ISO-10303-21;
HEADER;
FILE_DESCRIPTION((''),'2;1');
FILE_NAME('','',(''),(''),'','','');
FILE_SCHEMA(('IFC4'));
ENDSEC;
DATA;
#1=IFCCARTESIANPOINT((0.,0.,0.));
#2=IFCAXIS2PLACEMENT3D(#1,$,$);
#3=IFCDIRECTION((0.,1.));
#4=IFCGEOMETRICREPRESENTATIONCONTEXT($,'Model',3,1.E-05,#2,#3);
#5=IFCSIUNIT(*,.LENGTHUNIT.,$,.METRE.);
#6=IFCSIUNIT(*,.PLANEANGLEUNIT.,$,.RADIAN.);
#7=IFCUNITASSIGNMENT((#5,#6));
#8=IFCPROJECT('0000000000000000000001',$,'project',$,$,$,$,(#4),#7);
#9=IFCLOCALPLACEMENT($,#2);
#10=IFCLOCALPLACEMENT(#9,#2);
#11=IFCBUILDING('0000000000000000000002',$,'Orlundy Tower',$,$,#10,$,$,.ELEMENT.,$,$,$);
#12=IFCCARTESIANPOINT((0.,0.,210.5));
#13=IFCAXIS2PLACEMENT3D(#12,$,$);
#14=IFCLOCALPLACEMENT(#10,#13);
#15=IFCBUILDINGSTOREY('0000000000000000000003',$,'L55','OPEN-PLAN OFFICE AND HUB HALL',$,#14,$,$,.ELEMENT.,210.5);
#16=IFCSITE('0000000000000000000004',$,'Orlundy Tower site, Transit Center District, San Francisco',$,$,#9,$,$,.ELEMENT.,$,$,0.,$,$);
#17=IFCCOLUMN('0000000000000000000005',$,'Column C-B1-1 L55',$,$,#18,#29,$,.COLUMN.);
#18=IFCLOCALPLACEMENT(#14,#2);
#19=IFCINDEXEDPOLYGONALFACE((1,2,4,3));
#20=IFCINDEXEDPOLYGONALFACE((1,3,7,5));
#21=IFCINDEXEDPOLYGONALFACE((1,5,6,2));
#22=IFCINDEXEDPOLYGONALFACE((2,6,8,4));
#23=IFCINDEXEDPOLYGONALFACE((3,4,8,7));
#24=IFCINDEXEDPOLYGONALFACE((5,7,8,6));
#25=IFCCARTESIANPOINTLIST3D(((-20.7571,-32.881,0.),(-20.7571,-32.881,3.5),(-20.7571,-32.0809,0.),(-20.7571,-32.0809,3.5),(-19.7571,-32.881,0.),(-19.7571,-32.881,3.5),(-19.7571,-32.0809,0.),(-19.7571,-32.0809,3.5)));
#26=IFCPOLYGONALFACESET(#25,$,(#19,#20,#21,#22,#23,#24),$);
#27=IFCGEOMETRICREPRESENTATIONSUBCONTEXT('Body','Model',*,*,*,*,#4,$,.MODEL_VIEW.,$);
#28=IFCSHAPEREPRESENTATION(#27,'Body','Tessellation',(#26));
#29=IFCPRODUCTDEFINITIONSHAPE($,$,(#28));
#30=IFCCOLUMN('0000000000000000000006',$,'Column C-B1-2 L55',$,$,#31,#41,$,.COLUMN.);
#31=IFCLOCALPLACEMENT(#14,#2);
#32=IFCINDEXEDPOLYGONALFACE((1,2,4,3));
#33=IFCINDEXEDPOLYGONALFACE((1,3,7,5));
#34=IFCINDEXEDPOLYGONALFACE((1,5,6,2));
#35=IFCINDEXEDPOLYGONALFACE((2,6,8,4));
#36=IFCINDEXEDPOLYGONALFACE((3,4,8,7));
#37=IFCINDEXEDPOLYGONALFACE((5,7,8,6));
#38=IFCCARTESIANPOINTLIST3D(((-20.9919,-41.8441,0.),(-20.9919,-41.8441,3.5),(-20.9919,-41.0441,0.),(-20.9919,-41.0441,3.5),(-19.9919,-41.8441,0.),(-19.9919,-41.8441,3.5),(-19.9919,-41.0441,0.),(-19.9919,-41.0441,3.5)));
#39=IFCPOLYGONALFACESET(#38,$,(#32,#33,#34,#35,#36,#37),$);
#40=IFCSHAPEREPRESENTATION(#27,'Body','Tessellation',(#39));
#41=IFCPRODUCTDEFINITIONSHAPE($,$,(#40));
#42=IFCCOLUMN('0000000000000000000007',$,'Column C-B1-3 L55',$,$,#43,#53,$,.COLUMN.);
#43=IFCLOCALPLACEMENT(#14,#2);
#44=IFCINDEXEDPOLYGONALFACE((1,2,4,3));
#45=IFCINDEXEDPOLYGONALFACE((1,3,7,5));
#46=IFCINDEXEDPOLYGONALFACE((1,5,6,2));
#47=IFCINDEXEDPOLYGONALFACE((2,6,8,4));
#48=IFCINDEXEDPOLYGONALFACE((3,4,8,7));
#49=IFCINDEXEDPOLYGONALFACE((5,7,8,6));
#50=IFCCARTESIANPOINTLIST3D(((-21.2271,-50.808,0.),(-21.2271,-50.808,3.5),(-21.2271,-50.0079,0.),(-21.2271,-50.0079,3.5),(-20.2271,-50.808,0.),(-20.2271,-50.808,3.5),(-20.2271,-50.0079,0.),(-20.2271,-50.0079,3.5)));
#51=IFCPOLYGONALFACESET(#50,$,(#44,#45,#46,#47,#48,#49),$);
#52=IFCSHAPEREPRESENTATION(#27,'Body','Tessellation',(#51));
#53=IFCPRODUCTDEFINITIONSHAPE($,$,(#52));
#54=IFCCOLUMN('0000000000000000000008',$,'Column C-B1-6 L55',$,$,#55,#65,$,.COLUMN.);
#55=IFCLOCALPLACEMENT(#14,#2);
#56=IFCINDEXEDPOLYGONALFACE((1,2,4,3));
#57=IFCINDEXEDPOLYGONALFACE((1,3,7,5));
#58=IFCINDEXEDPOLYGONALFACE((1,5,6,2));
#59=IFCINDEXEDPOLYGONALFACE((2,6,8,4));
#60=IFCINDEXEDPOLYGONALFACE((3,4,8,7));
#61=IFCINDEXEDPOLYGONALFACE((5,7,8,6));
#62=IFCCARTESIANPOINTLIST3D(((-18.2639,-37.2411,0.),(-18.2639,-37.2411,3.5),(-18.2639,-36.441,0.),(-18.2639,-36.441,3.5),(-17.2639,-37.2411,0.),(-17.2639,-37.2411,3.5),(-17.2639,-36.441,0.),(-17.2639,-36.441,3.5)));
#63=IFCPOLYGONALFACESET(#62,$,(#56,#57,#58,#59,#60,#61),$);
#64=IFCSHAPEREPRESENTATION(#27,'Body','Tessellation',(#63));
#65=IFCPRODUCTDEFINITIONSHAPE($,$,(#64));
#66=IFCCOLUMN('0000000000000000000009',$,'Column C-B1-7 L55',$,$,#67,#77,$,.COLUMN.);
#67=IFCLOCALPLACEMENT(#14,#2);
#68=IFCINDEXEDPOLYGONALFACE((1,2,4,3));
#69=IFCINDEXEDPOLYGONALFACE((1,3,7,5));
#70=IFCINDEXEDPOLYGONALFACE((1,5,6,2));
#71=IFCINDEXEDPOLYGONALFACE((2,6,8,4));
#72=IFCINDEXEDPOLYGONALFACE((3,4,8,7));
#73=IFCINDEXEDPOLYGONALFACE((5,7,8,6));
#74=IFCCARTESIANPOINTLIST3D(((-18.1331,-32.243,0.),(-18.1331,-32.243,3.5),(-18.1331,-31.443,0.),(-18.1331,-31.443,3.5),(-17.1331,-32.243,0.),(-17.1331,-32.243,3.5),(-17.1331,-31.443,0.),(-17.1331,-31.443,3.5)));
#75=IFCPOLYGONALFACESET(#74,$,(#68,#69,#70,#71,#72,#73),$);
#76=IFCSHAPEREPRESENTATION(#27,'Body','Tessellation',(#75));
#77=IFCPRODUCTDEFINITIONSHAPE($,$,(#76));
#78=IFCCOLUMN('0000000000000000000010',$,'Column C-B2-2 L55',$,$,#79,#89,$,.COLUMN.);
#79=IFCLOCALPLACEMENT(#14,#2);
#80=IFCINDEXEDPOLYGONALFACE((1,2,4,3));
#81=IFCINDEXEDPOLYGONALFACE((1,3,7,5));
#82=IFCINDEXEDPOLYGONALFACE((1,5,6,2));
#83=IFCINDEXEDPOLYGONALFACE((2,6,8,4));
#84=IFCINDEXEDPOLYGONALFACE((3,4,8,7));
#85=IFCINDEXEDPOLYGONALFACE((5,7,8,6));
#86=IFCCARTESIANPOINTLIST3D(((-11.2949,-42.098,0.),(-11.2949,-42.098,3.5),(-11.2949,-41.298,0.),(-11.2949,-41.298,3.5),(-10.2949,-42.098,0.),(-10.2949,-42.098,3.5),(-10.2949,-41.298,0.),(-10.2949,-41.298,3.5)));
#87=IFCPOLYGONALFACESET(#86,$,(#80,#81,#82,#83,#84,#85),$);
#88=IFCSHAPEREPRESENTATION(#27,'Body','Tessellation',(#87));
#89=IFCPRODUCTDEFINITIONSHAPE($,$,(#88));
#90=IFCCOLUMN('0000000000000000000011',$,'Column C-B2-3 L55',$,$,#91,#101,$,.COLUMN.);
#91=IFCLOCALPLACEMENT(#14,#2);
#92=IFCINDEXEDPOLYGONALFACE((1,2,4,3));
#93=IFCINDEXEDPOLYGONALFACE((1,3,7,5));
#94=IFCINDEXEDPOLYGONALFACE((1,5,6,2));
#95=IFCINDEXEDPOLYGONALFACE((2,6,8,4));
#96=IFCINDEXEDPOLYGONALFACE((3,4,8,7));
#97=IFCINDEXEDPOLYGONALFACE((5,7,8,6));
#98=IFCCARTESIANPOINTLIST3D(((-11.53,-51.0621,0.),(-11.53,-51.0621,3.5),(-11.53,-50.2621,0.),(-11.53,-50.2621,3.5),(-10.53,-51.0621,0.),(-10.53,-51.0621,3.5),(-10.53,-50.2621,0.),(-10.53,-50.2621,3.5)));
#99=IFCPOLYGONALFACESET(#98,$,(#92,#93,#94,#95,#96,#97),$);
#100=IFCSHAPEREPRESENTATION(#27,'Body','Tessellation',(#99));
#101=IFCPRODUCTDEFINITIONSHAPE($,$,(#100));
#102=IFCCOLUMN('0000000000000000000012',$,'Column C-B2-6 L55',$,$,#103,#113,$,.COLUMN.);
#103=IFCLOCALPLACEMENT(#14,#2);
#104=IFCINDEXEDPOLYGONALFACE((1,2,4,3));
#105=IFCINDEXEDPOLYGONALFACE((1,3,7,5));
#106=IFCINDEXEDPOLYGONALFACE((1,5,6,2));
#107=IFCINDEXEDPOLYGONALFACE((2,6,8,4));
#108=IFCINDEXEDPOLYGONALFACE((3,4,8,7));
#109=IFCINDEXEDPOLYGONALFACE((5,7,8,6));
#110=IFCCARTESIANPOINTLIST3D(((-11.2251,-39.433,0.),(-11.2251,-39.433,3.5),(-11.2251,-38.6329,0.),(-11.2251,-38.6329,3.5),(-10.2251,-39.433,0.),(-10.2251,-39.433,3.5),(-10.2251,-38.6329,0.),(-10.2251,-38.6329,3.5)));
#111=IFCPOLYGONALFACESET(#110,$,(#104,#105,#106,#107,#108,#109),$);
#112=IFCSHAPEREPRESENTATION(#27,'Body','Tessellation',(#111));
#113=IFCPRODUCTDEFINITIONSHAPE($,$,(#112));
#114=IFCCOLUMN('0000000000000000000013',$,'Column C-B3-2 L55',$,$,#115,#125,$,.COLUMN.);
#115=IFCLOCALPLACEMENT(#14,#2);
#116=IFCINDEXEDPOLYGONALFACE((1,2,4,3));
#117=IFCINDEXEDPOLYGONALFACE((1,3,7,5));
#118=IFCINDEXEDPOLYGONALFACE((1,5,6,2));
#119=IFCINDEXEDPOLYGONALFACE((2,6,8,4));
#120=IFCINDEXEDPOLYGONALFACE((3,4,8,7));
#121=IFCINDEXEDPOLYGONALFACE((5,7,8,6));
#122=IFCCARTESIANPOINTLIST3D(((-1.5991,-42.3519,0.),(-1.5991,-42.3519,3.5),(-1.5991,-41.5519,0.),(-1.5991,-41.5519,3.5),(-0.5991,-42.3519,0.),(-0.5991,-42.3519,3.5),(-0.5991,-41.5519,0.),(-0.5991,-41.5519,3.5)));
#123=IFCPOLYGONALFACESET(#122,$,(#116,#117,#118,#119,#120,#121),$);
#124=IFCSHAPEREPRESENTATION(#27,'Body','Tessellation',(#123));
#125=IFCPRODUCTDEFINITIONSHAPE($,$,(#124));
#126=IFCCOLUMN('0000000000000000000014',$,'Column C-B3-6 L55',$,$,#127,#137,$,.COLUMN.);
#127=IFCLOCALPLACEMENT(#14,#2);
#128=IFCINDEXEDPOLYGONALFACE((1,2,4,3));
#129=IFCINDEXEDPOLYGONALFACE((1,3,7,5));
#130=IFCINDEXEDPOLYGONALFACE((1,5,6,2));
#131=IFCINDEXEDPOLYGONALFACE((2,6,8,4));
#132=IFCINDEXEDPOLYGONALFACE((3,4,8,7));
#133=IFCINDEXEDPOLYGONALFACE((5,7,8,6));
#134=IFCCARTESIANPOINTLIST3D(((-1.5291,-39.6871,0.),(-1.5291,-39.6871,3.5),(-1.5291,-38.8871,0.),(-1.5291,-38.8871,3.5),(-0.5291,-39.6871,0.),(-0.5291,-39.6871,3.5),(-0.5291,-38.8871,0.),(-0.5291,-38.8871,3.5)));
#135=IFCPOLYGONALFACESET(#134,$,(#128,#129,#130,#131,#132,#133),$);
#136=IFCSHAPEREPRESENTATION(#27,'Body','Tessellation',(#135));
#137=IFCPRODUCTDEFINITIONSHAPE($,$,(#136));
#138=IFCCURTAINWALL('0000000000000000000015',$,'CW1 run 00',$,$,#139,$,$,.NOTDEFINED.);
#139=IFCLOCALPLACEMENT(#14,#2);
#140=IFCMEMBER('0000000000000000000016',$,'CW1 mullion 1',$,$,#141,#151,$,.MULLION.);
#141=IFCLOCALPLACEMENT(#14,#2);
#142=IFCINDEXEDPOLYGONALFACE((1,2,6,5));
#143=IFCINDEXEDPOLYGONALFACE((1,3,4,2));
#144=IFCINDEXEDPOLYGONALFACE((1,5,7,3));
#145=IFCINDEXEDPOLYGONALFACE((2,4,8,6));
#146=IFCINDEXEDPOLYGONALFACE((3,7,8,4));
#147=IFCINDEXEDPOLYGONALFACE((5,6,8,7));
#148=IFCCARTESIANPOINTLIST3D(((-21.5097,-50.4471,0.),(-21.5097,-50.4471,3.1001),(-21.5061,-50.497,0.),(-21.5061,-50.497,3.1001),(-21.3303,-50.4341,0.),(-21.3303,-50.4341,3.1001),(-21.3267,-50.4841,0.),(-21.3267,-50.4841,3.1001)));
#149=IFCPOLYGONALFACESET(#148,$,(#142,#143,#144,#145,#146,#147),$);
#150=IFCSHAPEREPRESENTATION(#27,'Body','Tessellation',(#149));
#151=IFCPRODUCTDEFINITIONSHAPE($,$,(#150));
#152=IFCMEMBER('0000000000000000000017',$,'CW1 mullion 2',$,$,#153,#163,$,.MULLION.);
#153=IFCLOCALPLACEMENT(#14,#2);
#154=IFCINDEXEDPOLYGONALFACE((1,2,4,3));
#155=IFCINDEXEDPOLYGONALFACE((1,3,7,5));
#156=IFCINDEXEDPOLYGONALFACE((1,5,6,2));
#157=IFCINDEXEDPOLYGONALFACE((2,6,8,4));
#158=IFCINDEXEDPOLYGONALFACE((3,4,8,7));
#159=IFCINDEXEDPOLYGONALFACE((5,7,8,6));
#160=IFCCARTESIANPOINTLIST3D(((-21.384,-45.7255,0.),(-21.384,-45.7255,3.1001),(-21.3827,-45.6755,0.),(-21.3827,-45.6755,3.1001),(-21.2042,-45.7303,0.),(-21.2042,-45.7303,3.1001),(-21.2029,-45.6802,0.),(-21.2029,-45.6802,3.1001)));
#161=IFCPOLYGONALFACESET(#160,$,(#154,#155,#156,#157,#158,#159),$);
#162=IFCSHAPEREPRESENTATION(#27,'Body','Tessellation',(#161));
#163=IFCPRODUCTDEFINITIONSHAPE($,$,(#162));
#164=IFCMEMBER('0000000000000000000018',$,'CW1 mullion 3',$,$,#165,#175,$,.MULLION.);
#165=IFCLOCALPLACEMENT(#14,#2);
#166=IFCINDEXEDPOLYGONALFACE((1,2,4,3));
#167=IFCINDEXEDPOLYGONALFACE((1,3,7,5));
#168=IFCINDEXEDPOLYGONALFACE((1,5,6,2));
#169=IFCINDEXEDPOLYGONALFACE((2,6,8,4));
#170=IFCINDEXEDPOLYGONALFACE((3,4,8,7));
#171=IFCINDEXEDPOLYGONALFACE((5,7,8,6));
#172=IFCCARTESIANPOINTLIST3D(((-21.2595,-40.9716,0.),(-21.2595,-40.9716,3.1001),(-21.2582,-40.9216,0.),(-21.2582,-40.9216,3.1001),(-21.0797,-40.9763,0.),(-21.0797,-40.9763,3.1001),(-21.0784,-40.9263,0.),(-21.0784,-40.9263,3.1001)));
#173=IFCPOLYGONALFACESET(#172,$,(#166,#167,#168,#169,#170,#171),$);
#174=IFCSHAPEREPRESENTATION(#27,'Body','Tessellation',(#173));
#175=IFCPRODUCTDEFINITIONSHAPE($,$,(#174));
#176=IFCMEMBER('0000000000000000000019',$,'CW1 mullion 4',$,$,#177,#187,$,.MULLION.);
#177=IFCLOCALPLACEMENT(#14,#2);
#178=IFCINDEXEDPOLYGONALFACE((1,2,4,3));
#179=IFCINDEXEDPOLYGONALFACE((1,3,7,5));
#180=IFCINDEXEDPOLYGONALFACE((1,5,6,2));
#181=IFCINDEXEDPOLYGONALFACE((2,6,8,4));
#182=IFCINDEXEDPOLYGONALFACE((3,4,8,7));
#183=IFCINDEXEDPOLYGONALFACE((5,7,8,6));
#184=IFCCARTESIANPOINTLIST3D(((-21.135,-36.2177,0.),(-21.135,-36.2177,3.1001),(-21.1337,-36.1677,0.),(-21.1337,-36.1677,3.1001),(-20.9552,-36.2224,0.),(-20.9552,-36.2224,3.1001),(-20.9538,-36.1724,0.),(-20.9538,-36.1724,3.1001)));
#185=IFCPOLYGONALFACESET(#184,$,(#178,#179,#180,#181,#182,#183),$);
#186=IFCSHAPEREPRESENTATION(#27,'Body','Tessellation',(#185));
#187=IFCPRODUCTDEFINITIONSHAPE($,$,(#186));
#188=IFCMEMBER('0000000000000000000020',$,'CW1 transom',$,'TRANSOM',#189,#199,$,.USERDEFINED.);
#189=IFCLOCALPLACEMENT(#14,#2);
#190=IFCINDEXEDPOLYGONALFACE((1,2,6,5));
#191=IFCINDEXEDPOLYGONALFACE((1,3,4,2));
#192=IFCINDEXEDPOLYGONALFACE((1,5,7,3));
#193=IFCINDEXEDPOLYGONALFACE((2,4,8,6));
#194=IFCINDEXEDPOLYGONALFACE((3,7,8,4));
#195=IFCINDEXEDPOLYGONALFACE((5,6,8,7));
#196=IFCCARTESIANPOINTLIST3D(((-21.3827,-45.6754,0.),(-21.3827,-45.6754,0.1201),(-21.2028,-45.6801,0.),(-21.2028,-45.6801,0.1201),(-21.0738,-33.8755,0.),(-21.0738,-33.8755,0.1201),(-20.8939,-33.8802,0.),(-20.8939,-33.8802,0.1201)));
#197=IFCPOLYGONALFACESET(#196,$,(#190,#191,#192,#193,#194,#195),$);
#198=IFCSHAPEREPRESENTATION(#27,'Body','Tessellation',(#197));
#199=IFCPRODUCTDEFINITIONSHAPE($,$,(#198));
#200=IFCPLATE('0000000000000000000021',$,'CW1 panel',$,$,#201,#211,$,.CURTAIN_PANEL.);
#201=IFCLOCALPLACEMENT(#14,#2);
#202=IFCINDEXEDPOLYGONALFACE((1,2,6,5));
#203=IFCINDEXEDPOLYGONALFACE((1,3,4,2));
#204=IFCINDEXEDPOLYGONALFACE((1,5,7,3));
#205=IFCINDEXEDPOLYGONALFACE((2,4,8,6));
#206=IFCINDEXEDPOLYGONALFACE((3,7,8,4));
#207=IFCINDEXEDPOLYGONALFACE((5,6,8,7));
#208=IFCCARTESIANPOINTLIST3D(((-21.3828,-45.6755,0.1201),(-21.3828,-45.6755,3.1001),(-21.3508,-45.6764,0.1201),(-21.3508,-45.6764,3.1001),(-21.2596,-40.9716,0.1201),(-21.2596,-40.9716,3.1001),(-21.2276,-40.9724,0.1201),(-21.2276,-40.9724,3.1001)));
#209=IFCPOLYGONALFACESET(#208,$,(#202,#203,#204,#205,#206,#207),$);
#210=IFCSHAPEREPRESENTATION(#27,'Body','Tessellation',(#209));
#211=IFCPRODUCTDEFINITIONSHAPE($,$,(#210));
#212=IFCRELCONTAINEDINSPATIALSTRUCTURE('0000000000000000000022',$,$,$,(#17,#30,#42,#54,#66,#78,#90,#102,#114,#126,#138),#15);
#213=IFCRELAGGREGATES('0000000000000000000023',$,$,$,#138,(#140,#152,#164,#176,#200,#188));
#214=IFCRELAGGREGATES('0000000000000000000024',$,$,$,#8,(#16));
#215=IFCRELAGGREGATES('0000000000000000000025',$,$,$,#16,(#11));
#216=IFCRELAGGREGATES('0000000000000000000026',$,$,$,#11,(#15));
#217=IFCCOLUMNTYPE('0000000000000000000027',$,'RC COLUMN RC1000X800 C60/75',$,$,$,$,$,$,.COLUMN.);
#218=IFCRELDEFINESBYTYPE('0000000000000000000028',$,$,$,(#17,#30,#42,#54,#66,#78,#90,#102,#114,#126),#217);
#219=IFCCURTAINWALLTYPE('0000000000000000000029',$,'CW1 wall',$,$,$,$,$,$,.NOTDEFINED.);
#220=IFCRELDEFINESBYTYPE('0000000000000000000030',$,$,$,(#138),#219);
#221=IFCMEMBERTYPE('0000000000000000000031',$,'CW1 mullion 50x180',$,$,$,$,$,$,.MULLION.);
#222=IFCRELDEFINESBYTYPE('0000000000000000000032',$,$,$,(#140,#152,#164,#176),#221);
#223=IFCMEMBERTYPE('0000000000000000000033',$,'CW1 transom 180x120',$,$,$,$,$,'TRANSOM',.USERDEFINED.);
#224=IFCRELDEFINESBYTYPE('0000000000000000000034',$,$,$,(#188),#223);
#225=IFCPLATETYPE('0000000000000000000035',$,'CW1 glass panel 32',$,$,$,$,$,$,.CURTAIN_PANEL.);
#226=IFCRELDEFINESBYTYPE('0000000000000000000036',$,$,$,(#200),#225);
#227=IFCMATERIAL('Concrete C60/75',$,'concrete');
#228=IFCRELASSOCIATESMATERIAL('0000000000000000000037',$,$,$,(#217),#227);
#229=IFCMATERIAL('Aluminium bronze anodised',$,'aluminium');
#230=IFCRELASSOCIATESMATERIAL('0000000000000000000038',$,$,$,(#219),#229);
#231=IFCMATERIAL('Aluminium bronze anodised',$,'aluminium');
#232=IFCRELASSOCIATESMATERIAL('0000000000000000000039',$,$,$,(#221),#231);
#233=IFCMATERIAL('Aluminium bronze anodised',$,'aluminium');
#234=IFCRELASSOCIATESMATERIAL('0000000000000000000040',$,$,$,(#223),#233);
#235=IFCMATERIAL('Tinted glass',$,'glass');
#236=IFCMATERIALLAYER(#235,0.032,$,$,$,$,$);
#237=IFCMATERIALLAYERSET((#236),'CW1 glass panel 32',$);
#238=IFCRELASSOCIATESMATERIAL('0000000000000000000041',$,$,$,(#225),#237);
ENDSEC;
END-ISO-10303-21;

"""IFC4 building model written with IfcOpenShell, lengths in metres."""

from ifc_helpers import new_model, si_unit, direction, frame, origin, origin_2d, place, context, subcontext, project, spatial, rectangle, extrude, material, layer, layer_set, material_profile, profile_set, type_object, element, aggregate, save


model = new_model("IFC4")

# Units and contexts
model_context = context("Model", 3, precision=1e-05, world=origin(), true_north=direction((0.0, 1.0)))
body_context = subcontext(model_context, "Body", "Model", "MODEL_VIEW")
ifc_project = project(units=[si_unit("LENGTHUNIT", "METRE"), si_unit("PLANEANGLEUNIT", "RADIAN")], contexts=[model_context])

# Site, building, storey
site_placement = place(None, origin())
site = spatial("IfcSite", under=ifc_project, at=site_placement, Name="Orlundy Tower site, Transit Center District, San Francisco", CompositionType="ELEMENT", RefElevation=0.0)
building_placement = place(site_placement, origin())
building = spatial("IfcBuilding", under=site, at=building_placement, Name="Orlundy Tower", CompositionType="ELEMENT")
storey_placement = place(building_placement, frame((0.0, 0.0, 210.5)))
storey = spatial("IfcBuildingStorey", under=building, at=storey_placement, Name="L55", Description="OPEN-PLAN OFFICE AND HUB HALL", CompositionType="ELEMENT", Elevation=210.5)

# Columns
ifc_material_1 = material(Name="Concrete C60/75", Category="concrete")
ifc_material_profile_1 = material_profile(ifc_material_1, rectangle(XDim=1.0, YDim=0.8, at=origin_2d()), Name="RC1000X800")
ifc_profile_set_1 = profile_set([ifc_material_profile_1], Name="Concrete C60/75")
column_type = type_object("IfcColumnType", Name="RC COLUMN RC1000X800 C60/75", PredefinedType="COLUMN", material=ifc_profile_set_1)
for number, where, z_axis, x_axis, name in (
    (1, (-20.2571, -32.481, 0.0), (0.0, 0.0, 1.0), (1.0, 0.0, 0.0), "Column C-B1-1 L55"),
    (2, (-20.4919, -41.4441, 0.0), (0.0, 0.0, 1.0), (1.0, 0.0, 0.0), "Column C-B1-2 L55"),
    (3, (-20.7271, -50.408, 0.0), (0.0, 0.0, 1.0), (1.0, 0.0, 0.0), "Column C-B1-3 L55"),
    (4, (-17.7639, -36.8411, 0.0), (0.0, 0.0, 1.0), (1.0, 0.0, 0.0), "Column C-B1-6 L55"),
    (5, (-17.6331, -31.843, 0.0), (0.0, 0.0, 1.0), (1.0, 0.0, 0.0), "Column C-B1-7 L55"),
    (6, (-10.7949, -41.698, 0.0), (0.0, 0.0, 1.0), (1.0, 0.0, 0.0), "Column C-B2-2 L55"),
    (7, (-11.03, -50.6621, 0.0), (0.0, 0.0, 1.0), (1.0, 0.0, 0.0), "Column C-B2-3 L55"),
    (8, (-10.7251, -39.033, 0.0), (0.0, 0.0, 1.0), (1.0, 0.0, 0.0), "Column C-B2-6 L55"),
    (9, (-1.0991, -41.9519, 0.0), (0.0, 0.0, 1.0), (1.0, 0.0, 0.0), "Column C-B3-2 L55"),
    (10, (-1.0291, -39.2871, 0.0), (0.0, 0.0, 1.0), (1.0, 0.0, 0.0), "Column C-B3-6 L55"),
):
    element("IfcColumn", number, at=place(storey_placement, frame(where, z_axis=z_axis, x_axis=x_axis)), inside=storey, type_object=column_type, Name=name, PredefinedType="COLUMN", context=body_context, shape_type="SweptSolid", body=[
        extrude(rectangle(XDim=1.0, YDim=0.8, at=origin_2d()), origin(), (0.0, 0.0, 1.0), 3.5),
    ])

# Curtain wall, members, plate
ifc_material_2 = material(Name="Aluminium bronze anodised", Category="aluminium")
curtain_wall_type = type_object("IfcCurtainWallType", Name="CW1 wall", PredefinedType="NOTDEFINED", material=ifc_material_2)
curtain_wall_placement = place(storey_placement, origin())
curtain_wall = element("IfcCurtainWall", 11, at=curtain_wall_placement, inside=storey, type_object=curtain_wall_type, Name="CW1 run 00", PredefinedType="NOTDEFINED")
ifc_material_3 = material(Name="Aluminium bronze anodised", Category="aluminium")
ifc_material_profile_2 = material_profile(ifc_material_3, rectangle(XDim=0.1799, YDim=0.05, at=origin_2d()), Name="CW1 mullion 50x180")
ifc_profile_set_2 = profile_set([ifc_material_profile_2], Name="Aluminium bronze anodised")
member_type_1 = type_object("IfcMemberType", Name="CW1 mullion 50x180", PredefinedType="MULLION", material=ifc_profile_set_2)
member_1_placement = place(storey_placement, frame((-21.4182, -50.4656, 0.0), z_axis=(0.0, 0.0, 1.0), x_axis=(-0.997407, -0.071971, 0.0)))
member_1 = element("IfcMember", 12, at=member_1_placement, type_object=member_type_1, Name="CW1 mullion 1", PredefinedType="MULLION", context=body_context, shape_type="SweptSolid", body=[
    extrude(rectangle(XDim=0.1799, YDim=0.05, at=origin_2d()), origin(), (0.0, 0.0, 1.0), 3.1001),
])
member_2_placement = place(storey_placement, frame((-21.2935, -45.7029, 0.0), z_axis=(0.0, 0.0, 1.0), x_axis=(-0.999657, 0.02618, 0.0)))
member_2 = element("IfcMember", 13, at=member_2_placement, type_object=member_type_1, Name="CW1 mullion 2", PredefinedType="MULLION", context=body_context, shape_type="SweptSolid", body=[
    extrude(rectangle(XDim=0.1799, YDim=0.05, at=origin_2d()), origin(), (0.0, 0.0, 1.0), 3.1001),
])
member_3_placement = place(storey_placement, frame((-21.1689, -40.949, 0.0), z_axis=(0.0, 0.0, 1.0), x_axis=(-0.999657, 0.02618, 0.0)))
member_3 = element("IfcMember", 14, at=member_3_placement, type_object=member_type_1, Name="CW1 mullion 3", PredefinedType="MULLION", context=body_context, shape_type="SweptSolid", body=[
    extrude(rectangle(XDim=0.1799, YDim=0.05, at=origin_2d()), origin(), (0.0, 0.0, 1.0), 3.1001),
])
member_4_placement = place(storey_placement, frame((-21.0444, -36.1951, 0.0), z_axis=(0.0, 0.0, 1.0), x_axis=(-0.999657, 0.02618, 0.0)))
member_4 = element("IfcMember", 15, at=member_4_placement, type_object=member_type_1, Name="CW1 mullion 4", PredefinedType="MULLION", context=body_context, shape_type="SweptSolid", body=[
    extrude(rectangle(XDim=0.1799, YDim=0.05, at=origin_2d()), origin(), (0.0, 0.0, 1.0), 3.1001),
])
ifc_material_4 = material(Name="Aluminium bronze anodised", Category="aluminium")
ifc_material_profile_3 = material_profile(ifc_material_4, rectangle(XDim=0.1799, YDim=0.1201, at=origin_2d()), Name="CW1 transom 180x120")
ifc_profile_set_3 = profile_set([ifc_material_profile_3], Name="Aluminium bronze anodised")
member_type_2 = type_object("IfcMemberType", Name="CW1 transom 180x120", ElementType="TRANSOM", PredefinedType="USERDEFINED", material=ifc_profile_set_3)
member_5_placement = place(storey_placement, frame((-21.2927, -45.6777, 0.0601), z_axis=(0.026164, 0.999658, 0.0), x_axis=(-0.999658, 0.026164, 0.0)))
member_5 = element("IfcMember", 16, at=member_5_placement, type_object=member_type_2, Name="CW1 transom", ObjectType="TRANSOM", PredefinedType="USERDEFINED", context=body_context, shape_type="SweptSolid", body=[
    extrude(rectangle(XDim=0.1799, YDim=0.1201, at=origin_2d()), origin(), (0.0, 0.0, 1.0), 11.804),
])
ifc_material_5 = material(Name="Tinted glass", Category="glass")
ifc_layer_1 = layer(ifc_material_5, 0.032)
ifc_layer_set_1 = layer_set([ifc_layer_1], Name="CW1 glass panel 32")
plate_type = type_object("IfcPlateType", Name="CW1 glass panel 32", PredefinedType="CURTAIN_PANEL", material=ifc_layer_set_1)
plate_1_placement = place(storey_placement, frame((-21.3052, -43.324, 0.1201), z_axis=(0.0, 0.0, 1.0), x_axis=(0.02618, 0.999657, 0.0)))
plate_1 = element("IfcPlate", 17, at=plate_1_placement, type_object=plate_type, Name="CW1 panel", PredefinedType="CURTAIN_PANEL", context=body_context, shape_type="SweptSolid", body=[
    extrude(rectangle(XDim=4.7056, YDim=0.032, at=origin_2d()), origin(), (0.0, 0.0, 1.0), 2.98),
])
aggregate(curtain_wall, [member_1, member_2, member_3, member_4, plate_1, member_5])

save(model, "model.ifc")
